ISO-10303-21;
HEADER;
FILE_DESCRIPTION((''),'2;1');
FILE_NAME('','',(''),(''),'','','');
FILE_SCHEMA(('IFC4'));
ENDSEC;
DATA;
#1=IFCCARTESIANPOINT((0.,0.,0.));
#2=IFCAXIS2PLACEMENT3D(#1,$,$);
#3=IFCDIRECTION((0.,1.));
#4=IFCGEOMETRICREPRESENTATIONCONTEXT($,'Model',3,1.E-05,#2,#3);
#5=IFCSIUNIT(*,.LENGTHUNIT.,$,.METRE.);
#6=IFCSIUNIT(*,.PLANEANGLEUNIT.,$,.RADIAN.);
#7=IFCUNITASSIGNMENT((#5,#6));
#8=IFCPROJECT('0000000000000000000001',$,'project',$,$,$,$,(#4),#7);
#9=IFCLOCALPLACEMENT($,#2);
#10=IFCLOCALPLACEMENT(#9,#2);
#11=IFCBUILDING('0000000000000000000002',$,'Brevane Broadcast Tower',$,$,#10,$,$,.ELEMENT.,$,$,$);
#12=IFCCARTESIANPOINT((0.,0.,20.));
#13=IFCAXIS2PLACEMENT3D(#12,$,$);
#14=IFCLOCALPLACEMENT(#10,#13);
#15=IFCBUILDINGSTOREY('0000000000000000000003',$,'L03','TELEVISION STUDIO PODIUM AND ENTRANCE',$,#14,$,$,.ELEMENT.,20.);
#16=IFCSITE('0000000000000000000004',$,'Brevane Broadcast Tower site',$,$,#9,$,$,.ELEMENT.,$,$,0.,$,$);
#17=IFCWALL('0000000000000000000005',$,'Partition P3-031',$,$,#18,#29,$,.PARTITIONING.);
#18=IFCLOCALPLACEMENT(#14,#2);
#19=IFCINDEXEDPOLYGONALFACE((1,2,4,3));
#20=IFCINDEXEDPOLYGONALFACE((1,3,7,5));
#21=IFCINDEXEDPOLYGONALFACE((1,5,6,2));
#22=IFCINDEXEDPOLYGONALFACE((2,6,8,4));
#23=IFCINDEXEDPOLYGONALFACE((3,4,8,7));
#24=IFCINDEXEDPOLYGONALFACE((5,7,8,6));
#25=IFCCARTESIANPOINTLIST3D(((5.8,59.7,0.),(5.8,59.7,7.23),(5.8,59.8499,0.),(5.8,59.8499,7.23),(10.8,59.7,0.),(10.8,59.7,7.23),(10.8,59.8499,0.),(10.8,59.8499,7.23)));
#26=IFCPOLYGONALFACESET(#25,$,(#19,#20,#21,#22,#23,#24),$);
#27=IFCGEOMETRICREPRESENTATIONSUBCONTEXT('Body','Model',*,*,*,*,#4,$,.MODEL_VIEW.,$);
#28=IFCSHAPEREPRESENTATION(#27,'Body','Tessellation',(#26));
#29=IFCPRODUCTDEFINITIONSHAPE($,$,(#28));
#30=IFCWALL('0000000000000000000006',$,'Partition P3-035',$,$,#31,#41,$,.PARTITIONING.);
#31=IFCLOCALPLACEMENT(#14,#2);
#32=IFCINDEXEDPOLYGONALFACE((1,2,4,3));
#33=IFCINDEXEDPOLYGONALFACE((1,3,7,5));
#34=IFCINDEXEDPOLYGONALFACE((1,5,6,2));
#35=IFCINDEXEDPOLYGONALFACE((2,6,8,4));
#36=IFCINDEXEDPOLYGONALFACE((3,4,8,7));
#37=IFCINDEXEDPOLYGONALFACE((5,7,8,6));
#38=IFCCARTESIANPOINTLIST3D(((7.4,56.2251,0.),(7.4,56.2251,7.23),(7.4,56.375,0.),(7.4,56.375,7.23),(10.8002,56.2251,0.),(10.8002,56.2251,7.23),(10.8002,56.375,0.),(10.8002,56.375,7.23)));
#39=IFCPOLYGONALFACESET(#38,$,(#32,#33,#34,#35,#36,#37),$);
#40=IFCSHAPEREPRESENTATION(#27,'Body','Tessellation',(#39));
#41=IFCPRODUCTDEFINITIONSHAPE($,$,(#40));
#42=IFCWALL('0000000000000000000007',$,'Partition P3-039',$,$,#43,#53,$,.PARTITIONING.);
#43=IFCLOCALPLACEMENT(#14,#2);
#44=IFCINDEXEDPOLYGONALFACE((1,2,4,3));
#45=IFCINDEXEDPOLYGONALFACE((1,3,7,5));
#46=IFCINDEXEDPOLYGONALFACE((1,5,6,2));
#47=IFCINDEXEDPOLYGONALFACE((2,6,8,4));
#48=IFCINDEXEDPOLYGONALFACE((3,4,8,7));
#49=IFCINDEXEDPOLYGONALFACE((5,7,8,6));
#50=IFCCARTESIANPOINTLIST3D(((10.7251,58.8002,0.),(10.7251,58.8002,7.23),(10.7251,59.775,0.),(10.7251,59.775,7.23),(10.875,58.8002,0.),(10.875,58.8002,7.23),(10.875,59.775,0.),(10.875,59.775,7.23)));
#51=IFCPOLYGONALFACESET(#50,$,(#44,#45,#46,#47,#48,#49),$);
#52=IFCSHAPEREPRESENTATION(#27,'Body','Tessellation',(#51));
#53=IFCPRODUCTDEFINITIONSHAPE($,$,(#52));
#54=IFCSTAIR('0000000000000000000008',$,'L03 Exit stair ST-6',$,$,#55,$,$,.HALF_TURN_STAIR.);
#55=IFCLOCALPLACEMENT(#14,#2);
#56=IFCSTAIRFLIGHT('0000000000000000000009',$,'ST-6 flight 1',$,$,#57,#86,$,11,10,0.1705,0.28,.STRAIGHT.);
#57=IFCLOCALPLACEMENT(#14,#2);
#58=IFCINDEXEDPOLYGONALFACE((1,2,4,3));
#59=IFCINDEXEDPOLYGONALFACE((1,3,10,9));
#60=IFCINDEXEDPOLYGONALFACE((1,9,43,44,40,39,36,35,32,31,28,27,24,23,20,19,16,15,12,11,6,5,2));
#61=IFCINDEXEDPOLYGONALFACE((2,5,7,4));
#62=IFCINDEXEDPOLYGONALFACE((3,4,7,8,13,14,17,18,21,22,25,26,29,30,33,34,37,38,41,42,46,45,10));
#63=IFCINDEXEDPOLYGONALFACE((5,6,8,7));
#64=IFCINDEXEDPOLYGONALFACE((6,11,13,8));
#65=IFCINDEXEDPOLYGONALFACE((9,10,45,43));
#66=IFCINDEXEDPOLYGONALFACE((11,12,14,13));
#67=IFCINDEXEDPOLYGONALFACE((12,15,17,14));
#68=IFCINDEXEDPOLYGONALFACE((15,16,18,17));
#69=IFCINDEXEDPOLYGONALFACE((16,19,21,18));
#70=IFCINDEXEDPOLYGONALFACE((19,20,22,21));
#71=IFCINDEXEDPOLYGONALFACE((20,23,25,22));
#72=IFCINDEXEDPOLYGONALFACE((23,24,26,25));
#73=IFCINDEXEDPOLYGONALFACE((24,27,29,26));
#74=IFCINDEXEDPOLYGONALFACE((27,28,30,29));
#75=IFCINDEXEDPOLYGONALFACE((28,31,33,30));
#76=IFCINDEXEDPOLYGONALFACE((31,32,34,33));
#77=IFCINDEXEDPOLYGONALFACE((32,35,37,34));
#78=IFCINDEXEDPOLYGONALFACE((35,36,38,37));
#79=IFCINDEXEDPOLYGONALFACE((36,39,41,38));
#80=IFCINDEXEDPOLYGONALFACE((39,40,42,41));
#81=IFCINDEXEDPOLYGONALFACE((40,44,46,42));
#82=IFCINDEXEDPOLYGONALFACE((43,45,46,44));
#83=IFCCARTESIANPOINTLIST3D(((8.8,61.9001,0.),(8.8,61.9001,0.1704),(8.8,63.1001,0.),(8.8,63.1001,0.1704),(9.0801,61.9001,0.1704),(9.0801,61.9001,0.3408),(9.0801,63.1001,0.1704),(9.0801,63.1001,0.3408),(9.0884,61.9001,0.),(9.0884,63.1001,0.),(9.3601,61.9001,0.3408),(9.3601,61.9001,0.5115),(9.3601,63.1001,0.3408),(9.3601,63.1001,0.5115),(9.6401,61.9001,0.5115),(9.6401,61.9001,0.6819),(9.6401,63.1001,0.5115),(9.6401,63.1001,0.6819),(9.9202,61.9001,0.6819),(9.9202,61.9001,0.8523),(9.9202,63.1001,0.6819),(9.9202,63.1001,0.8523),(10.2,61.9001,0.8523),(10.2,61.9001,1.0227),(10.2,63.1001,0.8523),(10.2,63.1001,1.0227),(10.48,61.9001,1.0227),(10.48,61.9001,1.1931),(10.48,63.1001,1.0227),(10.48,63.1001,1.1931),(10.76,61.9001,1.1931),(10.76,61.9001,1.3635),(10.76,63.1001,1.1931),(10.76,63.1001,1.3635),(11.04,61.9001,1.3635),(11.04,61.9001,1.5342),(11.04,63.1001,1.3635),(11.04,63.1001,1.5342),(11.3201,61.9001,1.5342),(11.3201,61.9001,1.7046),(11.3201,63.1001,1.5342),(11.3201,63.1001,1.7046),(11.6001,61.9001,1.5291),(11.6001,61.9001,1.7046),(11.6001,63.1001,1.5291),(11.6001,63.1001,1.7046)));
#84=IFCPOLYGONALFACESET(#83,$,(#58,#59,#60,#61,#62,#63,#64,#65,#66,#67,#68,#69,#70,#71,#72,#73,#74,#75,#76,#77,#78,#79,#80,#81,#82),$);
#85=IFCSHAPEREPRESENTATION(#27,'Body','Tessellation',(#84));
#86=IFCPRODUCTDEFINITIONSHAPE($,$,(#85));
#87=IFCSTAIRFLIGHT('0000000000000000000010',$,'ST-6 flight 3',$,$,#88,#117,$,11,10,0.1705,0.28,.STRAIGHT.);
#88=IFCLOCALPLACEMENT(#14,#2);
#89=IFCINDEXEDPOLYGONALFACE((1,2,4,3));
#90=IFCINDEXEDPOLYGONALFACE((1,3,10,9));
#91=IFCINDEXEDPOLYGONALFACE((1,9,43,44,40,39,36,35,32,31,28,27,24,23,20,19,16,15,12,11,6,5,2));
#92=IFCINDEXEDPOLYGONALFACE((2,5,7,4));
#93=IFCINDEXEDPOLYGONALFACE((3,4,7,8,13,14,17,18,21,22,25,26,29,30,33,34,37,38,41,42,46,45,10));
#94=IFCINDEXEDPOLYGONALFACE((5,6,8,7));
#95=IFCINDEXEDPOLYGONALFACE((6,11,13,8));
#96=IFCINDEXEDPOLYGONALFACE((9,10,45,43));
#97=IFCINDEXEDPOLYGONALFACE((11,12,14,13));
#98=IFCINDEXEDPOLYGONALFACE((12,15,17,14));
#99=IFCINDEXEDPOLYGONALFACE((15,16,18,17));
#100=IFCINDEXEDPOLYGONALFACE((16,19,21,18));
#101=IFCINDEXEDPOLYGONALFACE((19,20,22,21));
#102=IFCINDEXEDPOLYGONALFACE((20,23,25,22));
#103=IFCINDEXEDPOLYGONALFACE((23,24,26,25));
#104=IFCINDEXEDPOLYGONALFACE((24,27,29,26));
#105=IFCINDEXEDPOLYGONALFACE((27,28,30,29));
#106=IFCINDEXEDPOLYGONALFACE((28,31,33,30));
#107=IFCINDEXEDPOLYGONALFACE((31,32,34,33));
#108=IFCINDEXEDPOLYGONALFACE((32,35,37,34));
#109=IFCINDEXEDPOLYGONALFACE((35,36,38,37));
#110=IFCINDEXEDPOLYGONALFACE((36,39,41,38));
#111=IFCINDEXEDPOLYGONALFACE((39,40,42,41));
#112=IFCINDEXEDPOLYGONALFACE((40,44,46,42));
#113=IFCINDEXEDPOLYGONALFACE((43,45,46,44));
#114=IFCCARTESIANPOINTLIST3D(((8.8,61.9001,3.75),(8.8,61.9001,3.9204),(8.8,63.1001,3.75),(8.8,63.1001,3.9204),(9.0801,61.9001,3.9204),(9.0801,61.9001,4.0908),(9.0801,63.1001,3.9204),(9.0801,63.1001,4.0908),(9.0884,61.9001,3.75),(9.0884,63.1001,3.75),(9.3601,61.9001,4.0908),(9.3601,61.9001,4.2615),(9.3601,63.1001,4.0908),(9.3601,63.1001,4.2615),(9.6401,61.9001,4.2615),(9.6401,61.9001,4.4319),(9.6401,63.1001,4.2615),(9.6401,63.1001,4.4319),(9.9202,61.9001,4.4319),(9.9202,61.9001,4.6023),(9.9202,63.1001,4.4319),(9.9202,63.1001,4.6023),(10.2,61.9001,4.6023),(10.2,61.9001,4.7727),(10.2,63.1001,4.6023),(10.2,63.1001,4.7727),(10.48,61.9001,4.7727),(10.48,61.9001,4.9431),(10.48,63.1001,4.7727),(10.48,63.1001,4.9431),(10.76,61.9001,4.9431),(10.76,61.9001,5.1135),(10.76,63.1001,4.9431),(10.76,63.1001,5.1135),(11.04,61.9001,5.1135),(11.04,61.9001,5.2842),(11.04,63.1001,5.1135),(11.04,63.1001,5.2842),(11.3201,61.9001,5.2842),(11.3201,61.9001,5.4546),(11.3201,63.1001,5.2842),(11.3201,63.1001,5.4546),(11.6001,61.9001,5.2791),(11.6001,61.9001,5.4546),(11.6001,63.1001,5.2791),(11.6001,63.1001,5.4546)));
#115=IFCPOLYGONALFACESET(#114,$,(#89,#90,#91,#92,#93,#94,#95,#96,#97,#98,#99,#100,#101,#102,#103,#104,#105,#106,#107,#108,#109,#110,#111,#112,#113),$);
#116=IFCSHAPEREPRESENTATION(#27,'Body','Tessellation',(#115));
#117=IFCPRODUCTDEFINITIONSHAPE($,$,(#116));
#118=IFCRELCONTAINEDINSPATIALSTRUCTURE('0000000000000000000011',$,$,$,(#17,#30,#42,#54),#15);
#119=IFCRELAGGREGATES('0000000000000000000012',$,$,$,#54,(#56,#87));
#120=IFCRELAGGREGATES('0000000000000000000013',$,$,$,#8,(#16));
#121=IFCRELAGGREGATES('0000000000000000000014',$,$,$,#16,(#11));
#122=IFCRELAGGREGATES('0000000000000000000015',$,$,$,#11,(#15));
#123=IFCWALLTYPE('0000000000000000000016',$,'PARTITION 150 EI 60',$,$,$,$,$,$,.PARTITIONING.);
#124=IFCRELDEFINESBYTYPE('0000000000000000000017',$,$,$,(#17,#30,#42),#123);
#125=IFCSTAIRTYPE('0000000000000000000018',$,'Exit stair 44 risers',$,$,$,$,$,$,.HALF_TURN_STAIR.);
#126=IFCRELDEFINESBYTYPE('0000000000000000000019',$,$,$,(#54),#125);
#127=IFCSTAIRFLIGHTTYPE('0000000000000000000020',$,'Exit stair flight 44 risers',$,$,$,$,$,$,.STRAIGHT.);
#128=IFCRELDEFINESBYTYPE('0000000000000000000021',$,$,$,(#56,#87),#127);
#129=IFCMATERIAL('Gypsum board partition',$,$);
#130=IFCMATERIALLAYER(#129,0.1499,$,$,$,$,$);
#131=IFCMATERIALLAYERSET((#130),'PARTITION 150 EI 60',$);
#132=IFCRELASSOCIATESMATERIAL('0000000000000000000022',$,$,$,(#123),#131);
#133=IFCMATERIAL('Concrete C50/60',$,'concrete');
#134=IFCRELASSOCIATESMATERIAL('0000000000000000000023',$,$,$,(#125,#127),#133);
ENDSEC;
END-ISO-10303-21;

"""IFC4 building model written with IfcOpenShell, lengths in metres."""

from ifc_helpers import new_model, si_unit, direction, frame, frame_2d, origin, place, context, subcontext, project, spatial, polyline, rectangle, outline, extrude, material, layer, layer_set, type_object, element, aggregate, save


model = new_model("IFC4")

# Units and contexts
model_context = context("Model", 3, precision=1e-05, world=origin(), true_north=direction((0.0, 1.0)))
body_context = subcontext(model_context, "Body", "Model", "MODEL_VIEW")
ifc_project = project(units=[si_unit("LENGTHUNIT", "METRE"), si_unit("PLANEANGLEUNIT", "RADIAN")], contexts=[model_context])

# Site, building, storey
site_placement = place(None, origin())
site = spatial("IfcSite", under=ifc_project, at=site_placement, Name="Brevane Broadcast Tower site", CompositionType="ELEMENT", RefElevation=0.0)
building_placement = place(site_placement, origin())
building = spatial("IfcBuilding", under=site, at=building_placement, Name="Brevane Broadcast Tower", CompositionType="ELEMENT")
storey_placement = place(building_placement, frame((0.0, 0.0, 20.0)))
storey = spatial("IfcBuildingStorey", under=building, at=storey_placement, Name="L03", Description="TELEVISION STUDIO PODIUM AND ENTRANCE", CompositionType="ELEMENT", Elevation=20.0)

# Wall
ifc_material_1 = material(Name="Gypsum board partition")
ifc_layer_1 = layer(ifc_material_1, 0.1499)
ifc_layer_set_1 = layer_set([ifc_layer_1], Name="PARTITION 150 EI 60")
wall_type_1 = type_object("IfcWallType", Name="PARTITION 150 EI 60", PredefinedType="PARTITIONING", material=ifc_layer_set_1)
wall_1_placement = place(storey_placement, frame((10.8, 59.7749, 0.0), z_axis=(0.0, 0.0, 1.0), x_axis=(-1.0, 0.0, 0.0)))
element("IfcWall", 1, at=wall_1_placement, inside=storey, type_object=wall_type_1, Name="Partition P3-031", PredefinedType="PARTITIONING", context=body_context, shape_type="SweptSolid", body=[
    extrude(rectangle(XDim=5.0, YDim=0.1499, at=frame_2d((2.5, 0.0))), origin(), (0.0, 0.0, 1.0), 7.23),
])

# Walls
wall_2_placement = place(storey_placement, frame((7.3999, 56.3, 0.0), z_axis=(0.0, 0.0, 1.0), x_axis=(1.0, 0.0, 0.0)))
element("IfcWall", 2, at=wall_2_placement, inside=storey, type_object=wall_type_1, Name="Partition P3-035", PredefinedType="PARTITIONING", context=body_context, shape_type="SweptSolid", body=[
    extrude(rectangle(XDim=3.4001, YDim=0.1499, at=frame_2d((1.7002, 0.0))), origin(), (0.0, 0.0, 1.0), 7.23),
])
wall_3_placement = place(storey_placement, frame((10.8, 59.7749, 0.0), z_axis=(0.0, 0.0, 1.0), x_axis=(0.0, -1.0, 0.0)))
element("IfcWall", 3, at=wall_3_placement, inside=storey, type_object=wall_type_1, Name="Partition P3-039", PredefinedType="PARTITIONING", context=body_context, shape_type="SweptSolid", body=[
    extrude(rectangle(XDim=0.9749, YDim=0.1499, at=frame_2d((0.4873, 0.0))), origin(), (0.0, 0.0, 1.0), 7.23),
])

# Stair, stair flights
ifc_material_2 = material(Name="Concrete C50/60", Category="concrete")
stair_type = type_object("IfcStairType", Name="Exit stair 44 risers", PredefinedType="HALF_TURN_STAIR", material=ifc_material_2)
stair_placement = place(storey_placement, origin())
stair = element("IfcStair", 4, at=stair_placement, inside=storey, type_object=stair_type, Name="L03 Exit stair ST-6", PredefinedType="HALF_TURN_STAIR")
stair_flight_type = type_object("IfcStairFlightType", Name="Exit stair flight 44 risers", PredefinedType="STRAIGHT", material=ifc_material_2)
stair_flight_1_placement = place(storey_placement, frame((8.8, 62.5, 0.0), z_axis=(0.0, 0.0, 1.0), x_axis=(1.0, 0.0, 0.0)))
stair_flight_1 = element("IfcStairFlight", 5, at=stair_flight_1_placement, type_object=stair_flight_type, Name="ST-6 flight 1", NumberOfRisers=11, NumberOfTreads=10, PredefinedType="STRAIGHT", RiserHeight=0.1705, TreadLength=0.28, context=body_context, shape_type="SweptSolid", body=[
    extrude(outline(polyline([(0.0, 0.0), (0.0, 0.1704), (0.28, 0.1704), (0.28, 0.3408), (0.5601, 0.3408), (0.5601, 0.5115), (0.8401, 0.5115), (0.8401, 0.6819), (1.1201, 0.6819), (1.1201, 0.8523), (1.3999, 0.8523), (1.3999, 1.0227), (1.6799, 1.0227), (1.6799, 1.1931), (1.96, 1.1931), (1.96, 1.3635), (2.24, 1.3635), (2.24, 1.5342), (2.52, 1.5342), (2.52, 1.7046), (2.8, 1.7046), (2.8, 1.875), (2.8, 1.5291), (0.2883, 0.0), (0.0, 0.0)])), frame((0.0, 0.6001, 0.0), z_axis=(0.0, -1.0, 0.0), x_axis=(1.0, 0.0, 0.0)), (0.0, 0.0, 1.0), 1.2),
])
stair_flight_2_placement = place(storey_placement, frame((8.8, 62.5, 3.75), z_axis=(0.0, 0.0, 1.0), x_axis=(1.0, 0.0, 0.0)))
stair_flight_2 = element("IfcStairFlight", 6, at=stair_flight_2_placement, type_object=stair_flight_type, Name="ST-6 flight 3", NumberOfRisers=11, NumberOfTreads=10, PredefinedType="STRAIGHT", RiserHeight=0.1705, TreadLength=0.28, context=body_context, shape_type="SweptSolid", body=[
    extrude(outline(polyline([(0.0, 0.0), (0.0, 0.1704), (0.28, 0.1704), (0.28, 0.3408), (0.5601, 0.3408), (0.5601, 0.5115), (0.8401, 0.5115), (0.8401, 0.6819), (1.1201, 0.6819), (1.1201, 0.8523), (1.3999, 0.8523), (1.3999, 1.0227), (1.6799, 1.0227), (1.6799, 1.1931), (1.96, 1.1931), (1.96, 1.3635), (2.24, 1.3635), (2.24, 1.5342), (2.52, 1.5342), (2.52, 1.7046), (2.8, 1.7046), (2.8, 1.875), (2.8, 1.5291), (0.2883, 0.0), (0.0, 0.0)])), frame((0.0, 0.6001, 0.0), z_axis=(0.0, -1.0, 0.0), x_axis=(1.0, 0.0, 0.0)), (0.0, 0.0, 1.0), 1.2),
])
aggregate(stair, [stair_flight_1, stair_flight_2])

save(model, "model.ifc")
